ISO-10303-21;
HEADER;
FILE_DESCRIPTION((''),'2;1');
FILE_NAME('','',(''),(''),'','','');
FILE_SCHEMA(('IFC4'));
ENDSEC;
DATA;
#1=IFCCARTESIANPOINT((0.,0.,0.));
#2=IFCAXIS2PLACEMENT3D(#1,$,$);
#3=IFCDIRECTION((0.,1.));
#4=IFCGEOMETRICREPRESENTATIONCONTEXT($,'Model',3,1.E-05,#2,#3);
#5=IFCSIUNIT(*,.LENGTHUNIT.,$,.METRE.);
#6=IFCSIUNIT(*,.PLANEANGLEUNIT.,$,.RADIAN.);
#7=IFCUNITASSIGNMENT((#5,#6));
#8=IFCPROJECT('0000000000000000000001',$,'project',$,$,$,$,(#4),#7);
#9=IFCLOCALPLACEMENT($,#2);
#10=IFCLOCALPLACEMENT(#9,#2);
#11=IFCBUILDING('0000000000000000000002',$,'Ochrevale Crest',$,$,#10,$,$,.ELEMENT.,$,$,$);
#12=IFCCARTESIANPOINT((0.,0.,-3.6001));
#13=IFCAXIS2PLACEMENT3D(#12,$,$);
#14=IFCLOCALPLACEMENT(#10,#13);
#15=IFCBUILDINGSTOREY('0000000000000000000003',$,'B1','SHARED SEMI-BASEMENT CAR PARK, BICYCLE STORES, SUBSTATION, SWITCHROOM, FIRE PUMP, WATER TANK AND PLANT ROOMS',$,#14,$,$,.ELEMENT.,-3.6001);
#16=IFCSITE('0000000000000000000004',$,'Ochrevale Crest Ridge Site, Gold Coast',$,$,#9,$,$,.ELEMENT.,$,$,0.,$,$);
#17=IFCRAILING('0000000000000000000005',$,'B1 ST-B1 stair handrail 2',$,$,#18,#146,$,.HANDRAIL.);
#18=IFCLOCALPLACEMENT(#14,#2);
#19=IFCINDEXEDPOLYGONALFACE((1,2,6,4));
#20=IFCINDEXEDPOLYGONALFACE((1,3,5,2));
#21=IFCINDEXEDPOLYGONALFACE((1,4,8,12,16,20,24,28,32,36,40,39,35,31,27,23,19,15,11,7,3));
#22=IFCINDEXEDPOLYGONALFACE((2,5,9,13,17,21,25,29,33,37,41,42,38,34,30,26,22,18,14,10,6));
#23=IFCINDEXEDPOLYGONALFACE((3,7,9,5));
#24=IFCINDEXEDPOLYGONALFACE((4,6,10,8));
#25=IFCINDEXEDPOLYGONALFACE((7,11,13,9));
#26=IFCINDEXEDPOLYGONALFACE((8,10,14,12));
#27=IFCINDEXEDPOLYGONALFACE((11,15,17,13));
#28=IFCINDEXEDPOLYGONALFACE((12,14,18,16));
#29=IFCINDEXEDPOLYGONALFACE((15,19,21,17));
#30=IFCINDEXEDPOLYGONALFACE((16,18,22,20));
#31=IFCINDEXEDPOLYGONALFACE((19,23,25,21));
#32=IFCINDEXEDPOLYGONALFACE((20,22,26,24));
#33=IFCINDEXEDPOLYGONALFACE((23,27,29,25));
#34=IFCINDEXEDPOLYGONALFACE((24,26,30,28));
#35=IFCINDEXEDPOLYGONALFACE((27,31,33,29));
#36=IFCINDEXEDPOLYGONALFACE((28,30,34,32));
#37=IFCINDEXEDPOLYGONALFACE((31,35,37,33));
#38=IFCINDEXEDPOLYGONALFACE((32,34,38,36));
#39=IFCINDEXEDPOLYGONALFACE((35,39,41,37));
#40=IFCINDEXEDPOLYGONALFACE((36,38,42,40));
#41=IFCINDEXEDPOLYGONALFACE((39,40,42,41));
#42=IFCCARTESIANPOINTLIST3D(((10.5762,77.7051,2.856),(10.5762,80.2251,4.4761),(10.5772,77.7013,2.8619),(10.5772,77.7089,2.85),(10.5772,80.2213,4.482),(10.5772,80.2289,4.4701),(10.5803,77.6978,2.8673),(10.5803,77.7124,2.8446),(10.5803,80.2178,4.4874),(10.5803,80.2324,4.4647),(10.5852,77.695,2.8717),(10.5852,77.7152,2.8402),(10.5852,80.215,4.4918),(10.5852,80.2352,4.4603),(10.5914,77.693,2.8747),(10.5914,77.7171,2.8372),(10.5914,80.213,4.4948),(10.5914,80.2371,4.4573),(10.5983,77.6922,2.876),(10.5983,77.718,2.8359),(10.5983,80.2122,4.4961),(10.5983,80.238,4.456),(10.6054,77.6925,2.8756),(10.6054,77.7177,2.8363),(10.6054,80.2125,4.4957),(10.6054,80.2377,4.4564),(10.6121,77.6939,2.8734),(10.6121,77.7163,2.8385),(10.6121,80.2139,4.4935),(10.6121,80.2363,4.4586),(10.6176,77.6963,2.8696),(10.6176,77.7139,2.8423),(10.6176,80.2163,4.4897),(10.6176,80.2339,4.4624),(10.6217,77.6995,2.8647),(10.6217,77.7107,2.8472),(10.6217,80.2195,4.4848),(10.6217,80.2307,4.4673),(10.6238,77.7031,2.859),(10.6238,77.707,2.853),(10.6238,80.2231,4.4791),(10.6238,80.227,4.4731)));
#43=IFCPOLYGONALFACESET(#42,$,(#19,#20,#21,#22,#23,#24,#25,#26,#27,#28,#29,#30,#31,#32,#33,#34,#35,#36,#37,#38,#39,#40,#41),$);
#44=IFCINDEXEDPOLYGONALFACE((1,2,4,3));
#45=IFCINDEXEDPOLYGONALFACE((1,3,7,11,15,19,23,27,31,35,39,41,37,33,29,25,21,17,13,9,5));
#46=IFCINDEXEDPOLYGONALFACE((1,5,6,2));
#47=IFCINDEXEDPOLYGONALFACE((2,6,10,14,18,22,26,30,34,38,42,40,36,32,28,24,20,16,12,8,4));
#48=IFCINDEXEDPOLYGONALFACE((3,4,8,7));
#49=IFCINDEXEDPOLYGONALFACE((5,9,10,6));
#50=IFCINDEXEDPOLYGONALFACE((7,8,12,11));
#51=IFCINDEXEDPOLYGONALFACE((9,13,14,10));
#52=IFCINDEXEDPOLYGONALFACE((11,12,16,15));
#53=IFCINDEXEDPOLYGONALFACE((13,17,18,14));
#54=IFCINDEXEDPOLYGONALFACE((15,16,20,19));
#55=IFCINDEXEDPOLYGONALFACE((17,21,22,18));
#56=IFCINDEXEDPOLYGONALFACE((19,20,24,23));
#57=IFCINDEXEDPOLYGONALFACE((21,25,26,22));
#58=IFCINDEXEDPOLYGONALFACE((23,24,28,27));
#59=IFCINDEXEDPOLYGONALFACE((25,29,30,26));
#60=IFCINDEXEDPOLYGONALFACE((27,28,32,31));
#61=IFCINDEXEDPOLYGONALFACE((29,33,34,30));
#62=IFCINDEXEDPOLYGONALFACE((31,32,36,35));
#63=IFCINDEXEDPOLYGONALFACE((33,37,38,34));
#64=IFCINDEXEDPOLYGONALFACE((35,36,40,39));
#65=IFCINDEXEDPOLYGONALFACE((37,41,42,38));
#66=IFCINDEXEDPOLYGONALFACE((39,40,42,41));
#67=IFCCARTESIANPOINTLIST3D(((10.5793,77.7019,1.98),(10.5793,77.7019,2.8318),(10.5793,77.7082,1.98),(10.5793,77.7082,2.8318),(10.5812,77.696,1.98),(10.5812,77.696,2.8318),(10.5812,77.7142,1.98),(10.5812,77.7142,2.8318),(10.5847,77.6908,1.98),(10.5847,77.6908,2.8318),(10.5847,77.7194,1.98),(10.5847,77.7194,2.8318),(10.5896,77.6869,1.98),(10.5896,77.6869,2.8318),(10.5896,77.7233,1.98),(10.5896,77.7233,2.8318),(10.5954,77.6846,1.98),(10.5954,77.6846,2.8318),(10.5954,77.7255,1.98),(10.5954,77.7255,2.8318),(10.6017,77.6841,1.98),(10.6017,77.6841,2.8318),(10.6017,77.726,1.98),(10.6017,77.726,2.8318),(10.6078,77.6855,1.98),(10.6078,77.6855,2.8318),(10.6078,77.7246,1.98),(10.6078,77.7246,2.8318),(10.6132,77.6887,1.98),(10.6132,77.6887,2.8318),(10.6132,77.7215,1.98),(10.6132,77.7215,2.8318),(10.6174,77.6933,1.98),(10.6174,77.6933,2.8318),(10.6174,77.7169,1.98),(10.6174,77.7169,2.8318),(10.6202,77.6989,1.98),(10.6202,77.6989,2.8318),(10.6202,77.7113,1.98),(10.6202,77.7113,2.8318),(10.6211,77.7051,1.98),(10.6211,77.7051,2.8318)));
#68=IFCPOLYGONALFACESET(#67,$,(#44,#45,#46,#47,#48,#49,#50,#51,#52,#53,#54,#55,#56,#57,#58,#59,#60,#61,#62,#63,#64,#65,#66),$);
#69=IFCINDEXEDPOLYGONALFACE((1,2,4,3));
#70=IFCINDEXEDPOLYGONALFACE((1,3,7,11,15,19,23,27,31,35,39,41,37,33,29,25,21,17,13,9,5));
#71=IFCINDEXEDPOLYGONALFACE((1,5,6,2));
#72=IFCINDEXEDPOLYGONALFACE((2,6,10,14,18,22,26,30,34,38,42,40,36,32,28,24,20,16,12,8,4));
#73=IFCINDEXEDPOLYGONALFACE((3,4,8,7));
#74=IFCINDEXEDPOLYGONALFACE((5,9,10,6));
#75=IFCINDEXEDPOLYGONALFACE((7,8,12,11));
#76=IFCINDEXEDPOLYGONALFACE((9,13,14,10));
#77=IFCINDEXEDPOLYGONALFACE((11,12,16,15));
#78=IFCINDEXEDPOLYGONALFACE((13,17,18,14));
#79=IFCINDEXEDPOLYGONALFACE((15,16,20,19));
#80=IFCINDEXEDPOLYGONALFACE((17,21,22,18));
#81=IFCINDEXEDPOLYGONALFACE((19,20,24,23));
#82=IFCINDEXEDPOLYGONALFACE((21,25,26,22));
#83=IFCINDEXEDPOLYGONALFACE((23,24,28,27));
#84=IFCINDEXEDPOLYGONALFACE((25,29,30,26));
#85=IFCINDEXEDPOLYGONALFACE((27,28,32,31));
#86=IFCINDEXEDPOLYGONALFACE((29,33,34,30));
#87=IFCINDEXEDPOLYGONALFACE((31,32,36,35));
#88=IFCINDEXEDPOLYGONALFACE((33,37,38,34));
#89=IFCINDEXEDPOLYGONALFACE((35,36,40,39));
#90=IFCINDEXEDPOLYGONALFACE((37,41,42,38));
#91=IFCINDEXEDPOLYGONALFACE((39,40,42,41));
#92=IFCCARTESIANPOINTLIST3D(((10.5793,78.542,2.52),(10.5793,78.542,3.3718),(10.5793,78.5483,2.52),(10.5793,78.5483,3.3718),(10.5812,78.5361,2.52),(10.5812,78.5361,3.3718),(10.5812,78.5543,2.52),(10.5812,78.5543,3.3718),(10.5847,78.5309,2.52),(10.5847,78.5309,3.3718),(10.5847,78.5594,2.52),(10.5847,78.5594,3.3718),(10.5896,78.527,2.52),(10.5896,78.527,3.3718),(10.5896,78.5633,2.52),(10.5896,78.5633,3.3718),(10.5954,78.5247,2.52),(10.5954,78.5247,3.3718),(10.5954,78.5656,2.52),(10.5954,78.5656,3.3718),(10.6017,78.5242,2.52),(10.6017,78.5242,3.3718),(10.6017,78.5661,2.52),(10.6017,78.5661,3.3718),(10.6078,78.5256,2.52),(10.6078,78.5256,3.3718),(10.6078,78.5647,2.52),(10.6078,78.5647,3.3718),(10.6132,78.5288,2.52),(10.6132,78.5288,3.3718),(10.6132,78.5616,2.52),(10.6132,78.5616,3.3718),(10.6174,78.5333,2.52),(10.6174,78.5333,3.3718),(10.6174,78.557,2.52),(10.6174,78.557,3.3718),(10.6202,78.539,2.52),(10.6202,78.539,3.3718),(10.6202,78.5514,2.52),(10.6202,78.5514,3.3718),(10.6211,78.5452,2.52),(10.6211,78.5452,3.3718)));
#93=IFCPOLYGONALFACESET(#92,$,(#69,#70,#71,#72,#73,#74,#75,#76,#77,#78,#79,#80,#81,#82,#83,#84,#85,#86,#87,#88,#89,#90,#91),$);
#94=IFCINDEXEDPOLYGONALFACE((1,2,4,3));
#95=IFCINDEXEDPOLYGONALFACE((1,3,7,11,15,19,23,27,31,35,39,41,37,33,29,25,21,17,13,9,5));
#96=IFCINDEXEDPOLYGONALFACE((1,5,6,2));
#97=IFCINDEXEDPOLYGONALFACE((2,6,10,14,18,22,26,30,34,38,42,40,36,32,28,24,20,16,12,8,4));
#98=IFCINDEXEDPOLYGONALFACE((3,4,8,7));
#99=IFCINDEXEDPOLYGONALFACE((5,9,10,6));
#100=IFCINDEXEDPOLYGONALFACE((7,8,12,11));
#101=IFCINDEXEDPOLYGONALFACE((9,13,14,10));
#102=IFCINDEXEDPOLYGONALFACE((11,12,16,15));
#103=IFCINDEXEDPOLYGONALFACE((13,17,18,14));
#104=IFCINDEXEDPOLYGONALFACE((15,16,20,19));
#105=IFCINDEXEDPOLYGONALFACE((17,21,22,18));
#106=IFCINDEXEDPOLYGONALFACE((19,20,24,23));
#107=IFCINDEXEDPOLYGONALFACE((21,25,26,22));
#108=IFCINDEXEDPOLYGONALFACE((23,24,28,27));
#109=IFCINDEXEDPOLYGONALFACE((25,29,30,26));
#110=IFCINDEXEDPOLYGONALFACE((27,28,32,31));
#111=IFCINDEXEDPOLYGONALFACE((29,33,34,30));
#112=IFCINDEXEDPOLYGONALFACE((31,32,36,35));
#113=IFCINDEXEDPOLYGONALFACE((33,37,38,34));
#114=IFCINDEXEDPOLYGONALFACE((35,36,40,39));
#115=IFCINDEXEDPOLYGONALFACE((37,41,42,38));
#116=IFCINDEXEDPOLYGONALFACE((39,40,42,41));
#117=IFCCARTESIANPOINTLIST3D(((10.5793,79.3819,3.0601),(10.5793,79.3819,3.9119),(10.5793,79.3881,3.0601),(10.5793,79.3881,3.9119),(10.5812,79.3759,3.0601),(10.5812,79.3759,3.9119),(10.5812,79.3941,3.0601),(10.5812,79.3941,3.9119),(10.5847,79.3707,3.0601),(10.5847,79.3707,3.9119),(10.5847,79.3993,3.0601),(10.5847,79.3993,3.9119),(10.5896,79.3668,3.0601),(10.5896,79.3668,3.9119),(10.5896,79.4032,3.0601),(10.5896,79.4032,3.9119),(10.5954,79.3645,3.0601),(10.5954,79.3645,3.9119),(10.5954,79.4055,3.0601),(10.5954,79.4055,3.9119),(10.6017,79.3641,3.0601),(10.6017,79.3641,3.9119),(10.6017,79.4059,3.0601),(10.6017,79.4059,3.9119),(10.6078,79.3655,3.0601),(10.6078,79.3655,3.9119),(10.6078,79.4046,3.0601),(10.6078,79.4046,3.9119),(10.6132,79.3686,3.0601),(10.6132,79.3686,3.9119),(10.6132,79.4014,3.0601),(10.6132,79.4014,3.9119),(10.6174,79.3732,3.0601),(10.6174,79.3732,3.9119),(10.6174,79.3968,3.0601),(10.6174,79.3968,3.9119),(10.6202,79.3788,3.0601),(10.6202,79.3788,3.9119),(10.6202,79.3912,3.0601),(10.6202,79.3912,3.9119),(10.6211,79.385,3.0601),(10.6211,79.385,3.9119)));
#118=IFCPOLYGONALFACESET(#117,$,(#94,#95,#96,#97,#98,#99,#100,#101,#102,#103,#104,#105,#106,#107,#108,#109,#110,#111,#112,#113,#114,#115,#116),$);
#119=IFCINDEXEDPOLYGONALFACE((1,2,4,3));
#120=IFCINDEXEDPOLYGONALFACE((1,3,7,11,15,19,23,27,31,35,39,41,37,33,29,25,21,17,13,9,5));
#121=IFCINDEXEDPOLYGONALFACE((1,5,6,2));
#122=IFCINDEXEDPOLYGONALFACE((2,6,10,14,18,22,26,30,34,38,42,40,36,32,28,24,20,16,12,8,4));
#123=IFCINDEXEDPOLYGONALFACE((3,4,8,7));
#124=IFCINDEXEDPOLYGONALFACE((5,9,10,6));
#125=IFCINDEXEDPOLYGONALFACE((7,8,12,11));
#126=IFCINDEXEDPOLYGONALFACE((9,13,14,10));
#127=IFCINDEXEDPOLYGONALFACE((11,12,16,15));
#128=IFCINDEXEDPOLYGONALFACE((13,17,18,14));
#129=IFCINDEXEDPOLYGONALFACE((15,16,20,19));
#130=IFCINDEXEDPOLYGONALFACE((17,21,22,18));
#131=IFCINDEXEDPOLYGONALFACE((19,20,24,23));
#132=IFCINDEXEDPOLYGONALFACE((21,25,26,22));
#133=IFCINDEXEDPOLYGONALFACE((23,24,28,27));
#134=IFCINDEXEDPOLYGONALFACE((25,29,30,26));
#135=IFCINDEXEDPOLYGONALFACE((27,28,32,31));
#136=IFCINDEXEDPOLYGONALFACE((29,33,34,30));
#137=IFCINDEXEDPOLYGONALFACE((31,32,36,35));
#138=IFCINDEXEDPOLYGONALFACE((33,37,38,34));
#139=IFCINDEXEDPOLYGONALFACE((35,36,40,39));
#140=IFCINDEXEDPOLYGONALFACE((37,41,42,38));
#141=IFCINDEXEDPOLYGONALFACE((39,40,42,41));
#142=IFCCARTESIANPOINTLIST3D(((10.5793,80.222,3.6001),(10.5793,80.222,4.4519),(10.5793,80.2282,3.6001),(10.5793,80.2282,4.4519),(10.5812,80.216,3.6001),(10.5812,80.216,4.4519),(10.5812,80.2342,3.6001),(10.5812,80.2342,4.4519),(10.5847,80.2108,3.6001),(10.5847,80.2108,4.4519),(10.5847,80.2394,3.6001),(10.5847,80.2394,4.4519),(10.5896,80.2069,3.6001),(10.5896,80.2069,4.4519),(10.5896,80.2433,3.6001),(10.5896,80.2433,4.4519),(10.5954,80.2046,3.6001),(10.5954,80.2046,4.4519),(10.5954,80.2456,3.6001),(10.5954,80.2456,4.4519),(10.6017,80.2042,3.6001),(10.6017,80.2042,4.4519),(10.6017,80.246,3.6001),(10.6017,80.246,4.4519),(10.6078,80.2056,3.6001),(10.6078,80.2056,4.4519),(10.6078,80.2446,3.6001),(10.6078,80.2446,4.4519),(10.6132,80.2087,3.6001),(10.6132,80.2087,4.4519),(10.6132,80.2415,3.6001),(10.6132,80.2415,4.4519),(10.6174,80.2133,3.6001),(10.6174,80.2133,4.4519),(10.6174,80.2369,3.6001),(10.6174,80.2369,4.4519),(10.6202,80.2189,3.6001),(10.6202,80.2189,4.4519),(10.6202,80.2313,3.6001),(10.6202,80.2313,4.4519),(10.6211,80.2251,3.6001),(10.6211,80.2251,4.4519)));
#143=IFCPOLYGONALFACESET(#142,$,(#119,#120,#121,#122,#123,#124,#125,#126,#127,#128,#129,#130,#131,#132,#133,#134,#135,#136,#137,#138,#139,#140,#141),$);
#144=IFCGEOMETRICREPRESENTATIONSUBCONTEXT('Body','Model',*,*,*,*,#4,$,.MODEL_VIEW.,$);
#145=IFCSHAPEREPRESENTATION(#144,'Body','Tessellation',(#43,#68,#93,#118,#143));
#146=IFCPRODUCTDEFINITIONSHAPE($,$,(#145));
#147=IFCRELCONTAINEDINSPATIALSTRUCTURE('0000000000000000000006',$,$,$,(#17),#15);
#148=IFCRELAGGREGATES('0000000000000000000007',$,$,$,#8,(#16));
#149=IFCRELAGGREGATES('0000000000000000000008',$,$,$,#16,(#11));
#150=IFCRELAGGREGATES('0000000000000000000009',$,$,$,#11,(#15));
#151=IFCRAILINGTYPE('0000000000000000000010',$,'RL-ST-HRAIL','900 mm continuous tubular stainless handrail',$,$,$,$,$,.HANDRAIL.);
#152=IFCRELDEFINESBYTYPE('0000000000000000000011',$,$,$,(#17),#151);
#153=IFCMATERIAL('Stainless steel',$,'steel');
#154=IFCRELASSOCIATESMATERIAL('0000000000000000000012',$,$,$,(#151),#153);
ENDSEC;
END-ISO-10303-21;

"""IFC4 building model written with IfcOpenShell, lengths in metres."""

from ifc_helpers import new_model, si_unit, direction, frame, origin, origin_2d, place, context, subcontext, project, spatial, circle, extrude, material, type_object, element, save


model = new_model("IFC4")

# Units and contexts
model_context = context("Model", 3, precision=1e-05, world=origin(), true_north=direction((0.0, 1.0)))
body_context = subcontext(model_context, "Body", "Model", "MODEL_VIEW")
ifc_project = project(units=[si_unit("LENGTHUNIT", "METRE"), si_unit("PLANEANGLEUNIT", "RADIAN")], contexts=[model_context])

# Site, building, storey
site_placement = place(None, origin())
site = spatial("IfcSite", under=ifc_project, at=site_placement, Name="Ochrevale Crest Ridge Site, Gold Coast", CompositionType="ELEMENT", RefElevation=0.0)
building_placement = place(site_placement, origin())
building = spatial("IfcBuilding", under=site, at=building_placement, Name="Ochrevale Crest", CompositionType="ELEMENT")
storey_placement = place(building_placement, frame((0.0, 0.0, -3.6001)))
storey = spatial("IfcBuildingStorey", under=building, at=storey_placement, Name="B1", Description="SHARED SEMI-BASEMENT CAR PARK, BICYCLE STORES, SUBSTATION, SWITCHROOM, FIRE PUMP, WATER TANK AND PLANT ROOMS", CompositionType="ELEMENT", Elevation=-3.6001)

# Railing
ifc_material_1 = material(Name="Stainless steel", Category="steel")
railing_type_1 = type_object("IfcRailingType", Name="RL-ST-HRAIL", Description="900 mm continuous tubular stainless handrail", PredefinedType="HANDRAIL", material=ifc_material_1)
railing_1_placement = place(storey_placement, frame((10.6001, 77.7051, 1.98)))
element("IfcRailing", 1, at=railing_1_placement, inside=storey, type_object=railing_type_1, Name="B1 ST-B1 stair handrail 2", PredefinedType="HANDRAIL", context=body_context, shape_type="SweptSolid", body=[
    extrude(circle(Radius=0.0239, at=origin_2d()), frame((0.0, 0.0, 0.876), z_axis=(0.0, 0.841163, 0.540782), x_axis=(-1.0, 0.0, 0.0)), (0.0, 0.0, 1.0), 2.9958),
    extrude(circle(Radius=0.021, at=origin_2d()), origin(), (0.0, 0.0, 1.0), 0.8518),
    extrude(circle(Radius=0.021, at=origin_2d()), frame((0.0, 0.8401, 0.54)), (0.0, 0.0, 1.0), 0.8518),
    extrude(circle(Radius=0.021, at=origin_2d()), frame((0.0, 1.6799, 1.0801)), (0.0, 0.0, 1.0), 0.8518),
    extrude(circle(Radius=0.021, at=origin_2d()), frame((0.0, 2.52, 1.6201)), (0.0, 0.0, 1.0), 0.8518),
])

save(model, "model.ifc")
